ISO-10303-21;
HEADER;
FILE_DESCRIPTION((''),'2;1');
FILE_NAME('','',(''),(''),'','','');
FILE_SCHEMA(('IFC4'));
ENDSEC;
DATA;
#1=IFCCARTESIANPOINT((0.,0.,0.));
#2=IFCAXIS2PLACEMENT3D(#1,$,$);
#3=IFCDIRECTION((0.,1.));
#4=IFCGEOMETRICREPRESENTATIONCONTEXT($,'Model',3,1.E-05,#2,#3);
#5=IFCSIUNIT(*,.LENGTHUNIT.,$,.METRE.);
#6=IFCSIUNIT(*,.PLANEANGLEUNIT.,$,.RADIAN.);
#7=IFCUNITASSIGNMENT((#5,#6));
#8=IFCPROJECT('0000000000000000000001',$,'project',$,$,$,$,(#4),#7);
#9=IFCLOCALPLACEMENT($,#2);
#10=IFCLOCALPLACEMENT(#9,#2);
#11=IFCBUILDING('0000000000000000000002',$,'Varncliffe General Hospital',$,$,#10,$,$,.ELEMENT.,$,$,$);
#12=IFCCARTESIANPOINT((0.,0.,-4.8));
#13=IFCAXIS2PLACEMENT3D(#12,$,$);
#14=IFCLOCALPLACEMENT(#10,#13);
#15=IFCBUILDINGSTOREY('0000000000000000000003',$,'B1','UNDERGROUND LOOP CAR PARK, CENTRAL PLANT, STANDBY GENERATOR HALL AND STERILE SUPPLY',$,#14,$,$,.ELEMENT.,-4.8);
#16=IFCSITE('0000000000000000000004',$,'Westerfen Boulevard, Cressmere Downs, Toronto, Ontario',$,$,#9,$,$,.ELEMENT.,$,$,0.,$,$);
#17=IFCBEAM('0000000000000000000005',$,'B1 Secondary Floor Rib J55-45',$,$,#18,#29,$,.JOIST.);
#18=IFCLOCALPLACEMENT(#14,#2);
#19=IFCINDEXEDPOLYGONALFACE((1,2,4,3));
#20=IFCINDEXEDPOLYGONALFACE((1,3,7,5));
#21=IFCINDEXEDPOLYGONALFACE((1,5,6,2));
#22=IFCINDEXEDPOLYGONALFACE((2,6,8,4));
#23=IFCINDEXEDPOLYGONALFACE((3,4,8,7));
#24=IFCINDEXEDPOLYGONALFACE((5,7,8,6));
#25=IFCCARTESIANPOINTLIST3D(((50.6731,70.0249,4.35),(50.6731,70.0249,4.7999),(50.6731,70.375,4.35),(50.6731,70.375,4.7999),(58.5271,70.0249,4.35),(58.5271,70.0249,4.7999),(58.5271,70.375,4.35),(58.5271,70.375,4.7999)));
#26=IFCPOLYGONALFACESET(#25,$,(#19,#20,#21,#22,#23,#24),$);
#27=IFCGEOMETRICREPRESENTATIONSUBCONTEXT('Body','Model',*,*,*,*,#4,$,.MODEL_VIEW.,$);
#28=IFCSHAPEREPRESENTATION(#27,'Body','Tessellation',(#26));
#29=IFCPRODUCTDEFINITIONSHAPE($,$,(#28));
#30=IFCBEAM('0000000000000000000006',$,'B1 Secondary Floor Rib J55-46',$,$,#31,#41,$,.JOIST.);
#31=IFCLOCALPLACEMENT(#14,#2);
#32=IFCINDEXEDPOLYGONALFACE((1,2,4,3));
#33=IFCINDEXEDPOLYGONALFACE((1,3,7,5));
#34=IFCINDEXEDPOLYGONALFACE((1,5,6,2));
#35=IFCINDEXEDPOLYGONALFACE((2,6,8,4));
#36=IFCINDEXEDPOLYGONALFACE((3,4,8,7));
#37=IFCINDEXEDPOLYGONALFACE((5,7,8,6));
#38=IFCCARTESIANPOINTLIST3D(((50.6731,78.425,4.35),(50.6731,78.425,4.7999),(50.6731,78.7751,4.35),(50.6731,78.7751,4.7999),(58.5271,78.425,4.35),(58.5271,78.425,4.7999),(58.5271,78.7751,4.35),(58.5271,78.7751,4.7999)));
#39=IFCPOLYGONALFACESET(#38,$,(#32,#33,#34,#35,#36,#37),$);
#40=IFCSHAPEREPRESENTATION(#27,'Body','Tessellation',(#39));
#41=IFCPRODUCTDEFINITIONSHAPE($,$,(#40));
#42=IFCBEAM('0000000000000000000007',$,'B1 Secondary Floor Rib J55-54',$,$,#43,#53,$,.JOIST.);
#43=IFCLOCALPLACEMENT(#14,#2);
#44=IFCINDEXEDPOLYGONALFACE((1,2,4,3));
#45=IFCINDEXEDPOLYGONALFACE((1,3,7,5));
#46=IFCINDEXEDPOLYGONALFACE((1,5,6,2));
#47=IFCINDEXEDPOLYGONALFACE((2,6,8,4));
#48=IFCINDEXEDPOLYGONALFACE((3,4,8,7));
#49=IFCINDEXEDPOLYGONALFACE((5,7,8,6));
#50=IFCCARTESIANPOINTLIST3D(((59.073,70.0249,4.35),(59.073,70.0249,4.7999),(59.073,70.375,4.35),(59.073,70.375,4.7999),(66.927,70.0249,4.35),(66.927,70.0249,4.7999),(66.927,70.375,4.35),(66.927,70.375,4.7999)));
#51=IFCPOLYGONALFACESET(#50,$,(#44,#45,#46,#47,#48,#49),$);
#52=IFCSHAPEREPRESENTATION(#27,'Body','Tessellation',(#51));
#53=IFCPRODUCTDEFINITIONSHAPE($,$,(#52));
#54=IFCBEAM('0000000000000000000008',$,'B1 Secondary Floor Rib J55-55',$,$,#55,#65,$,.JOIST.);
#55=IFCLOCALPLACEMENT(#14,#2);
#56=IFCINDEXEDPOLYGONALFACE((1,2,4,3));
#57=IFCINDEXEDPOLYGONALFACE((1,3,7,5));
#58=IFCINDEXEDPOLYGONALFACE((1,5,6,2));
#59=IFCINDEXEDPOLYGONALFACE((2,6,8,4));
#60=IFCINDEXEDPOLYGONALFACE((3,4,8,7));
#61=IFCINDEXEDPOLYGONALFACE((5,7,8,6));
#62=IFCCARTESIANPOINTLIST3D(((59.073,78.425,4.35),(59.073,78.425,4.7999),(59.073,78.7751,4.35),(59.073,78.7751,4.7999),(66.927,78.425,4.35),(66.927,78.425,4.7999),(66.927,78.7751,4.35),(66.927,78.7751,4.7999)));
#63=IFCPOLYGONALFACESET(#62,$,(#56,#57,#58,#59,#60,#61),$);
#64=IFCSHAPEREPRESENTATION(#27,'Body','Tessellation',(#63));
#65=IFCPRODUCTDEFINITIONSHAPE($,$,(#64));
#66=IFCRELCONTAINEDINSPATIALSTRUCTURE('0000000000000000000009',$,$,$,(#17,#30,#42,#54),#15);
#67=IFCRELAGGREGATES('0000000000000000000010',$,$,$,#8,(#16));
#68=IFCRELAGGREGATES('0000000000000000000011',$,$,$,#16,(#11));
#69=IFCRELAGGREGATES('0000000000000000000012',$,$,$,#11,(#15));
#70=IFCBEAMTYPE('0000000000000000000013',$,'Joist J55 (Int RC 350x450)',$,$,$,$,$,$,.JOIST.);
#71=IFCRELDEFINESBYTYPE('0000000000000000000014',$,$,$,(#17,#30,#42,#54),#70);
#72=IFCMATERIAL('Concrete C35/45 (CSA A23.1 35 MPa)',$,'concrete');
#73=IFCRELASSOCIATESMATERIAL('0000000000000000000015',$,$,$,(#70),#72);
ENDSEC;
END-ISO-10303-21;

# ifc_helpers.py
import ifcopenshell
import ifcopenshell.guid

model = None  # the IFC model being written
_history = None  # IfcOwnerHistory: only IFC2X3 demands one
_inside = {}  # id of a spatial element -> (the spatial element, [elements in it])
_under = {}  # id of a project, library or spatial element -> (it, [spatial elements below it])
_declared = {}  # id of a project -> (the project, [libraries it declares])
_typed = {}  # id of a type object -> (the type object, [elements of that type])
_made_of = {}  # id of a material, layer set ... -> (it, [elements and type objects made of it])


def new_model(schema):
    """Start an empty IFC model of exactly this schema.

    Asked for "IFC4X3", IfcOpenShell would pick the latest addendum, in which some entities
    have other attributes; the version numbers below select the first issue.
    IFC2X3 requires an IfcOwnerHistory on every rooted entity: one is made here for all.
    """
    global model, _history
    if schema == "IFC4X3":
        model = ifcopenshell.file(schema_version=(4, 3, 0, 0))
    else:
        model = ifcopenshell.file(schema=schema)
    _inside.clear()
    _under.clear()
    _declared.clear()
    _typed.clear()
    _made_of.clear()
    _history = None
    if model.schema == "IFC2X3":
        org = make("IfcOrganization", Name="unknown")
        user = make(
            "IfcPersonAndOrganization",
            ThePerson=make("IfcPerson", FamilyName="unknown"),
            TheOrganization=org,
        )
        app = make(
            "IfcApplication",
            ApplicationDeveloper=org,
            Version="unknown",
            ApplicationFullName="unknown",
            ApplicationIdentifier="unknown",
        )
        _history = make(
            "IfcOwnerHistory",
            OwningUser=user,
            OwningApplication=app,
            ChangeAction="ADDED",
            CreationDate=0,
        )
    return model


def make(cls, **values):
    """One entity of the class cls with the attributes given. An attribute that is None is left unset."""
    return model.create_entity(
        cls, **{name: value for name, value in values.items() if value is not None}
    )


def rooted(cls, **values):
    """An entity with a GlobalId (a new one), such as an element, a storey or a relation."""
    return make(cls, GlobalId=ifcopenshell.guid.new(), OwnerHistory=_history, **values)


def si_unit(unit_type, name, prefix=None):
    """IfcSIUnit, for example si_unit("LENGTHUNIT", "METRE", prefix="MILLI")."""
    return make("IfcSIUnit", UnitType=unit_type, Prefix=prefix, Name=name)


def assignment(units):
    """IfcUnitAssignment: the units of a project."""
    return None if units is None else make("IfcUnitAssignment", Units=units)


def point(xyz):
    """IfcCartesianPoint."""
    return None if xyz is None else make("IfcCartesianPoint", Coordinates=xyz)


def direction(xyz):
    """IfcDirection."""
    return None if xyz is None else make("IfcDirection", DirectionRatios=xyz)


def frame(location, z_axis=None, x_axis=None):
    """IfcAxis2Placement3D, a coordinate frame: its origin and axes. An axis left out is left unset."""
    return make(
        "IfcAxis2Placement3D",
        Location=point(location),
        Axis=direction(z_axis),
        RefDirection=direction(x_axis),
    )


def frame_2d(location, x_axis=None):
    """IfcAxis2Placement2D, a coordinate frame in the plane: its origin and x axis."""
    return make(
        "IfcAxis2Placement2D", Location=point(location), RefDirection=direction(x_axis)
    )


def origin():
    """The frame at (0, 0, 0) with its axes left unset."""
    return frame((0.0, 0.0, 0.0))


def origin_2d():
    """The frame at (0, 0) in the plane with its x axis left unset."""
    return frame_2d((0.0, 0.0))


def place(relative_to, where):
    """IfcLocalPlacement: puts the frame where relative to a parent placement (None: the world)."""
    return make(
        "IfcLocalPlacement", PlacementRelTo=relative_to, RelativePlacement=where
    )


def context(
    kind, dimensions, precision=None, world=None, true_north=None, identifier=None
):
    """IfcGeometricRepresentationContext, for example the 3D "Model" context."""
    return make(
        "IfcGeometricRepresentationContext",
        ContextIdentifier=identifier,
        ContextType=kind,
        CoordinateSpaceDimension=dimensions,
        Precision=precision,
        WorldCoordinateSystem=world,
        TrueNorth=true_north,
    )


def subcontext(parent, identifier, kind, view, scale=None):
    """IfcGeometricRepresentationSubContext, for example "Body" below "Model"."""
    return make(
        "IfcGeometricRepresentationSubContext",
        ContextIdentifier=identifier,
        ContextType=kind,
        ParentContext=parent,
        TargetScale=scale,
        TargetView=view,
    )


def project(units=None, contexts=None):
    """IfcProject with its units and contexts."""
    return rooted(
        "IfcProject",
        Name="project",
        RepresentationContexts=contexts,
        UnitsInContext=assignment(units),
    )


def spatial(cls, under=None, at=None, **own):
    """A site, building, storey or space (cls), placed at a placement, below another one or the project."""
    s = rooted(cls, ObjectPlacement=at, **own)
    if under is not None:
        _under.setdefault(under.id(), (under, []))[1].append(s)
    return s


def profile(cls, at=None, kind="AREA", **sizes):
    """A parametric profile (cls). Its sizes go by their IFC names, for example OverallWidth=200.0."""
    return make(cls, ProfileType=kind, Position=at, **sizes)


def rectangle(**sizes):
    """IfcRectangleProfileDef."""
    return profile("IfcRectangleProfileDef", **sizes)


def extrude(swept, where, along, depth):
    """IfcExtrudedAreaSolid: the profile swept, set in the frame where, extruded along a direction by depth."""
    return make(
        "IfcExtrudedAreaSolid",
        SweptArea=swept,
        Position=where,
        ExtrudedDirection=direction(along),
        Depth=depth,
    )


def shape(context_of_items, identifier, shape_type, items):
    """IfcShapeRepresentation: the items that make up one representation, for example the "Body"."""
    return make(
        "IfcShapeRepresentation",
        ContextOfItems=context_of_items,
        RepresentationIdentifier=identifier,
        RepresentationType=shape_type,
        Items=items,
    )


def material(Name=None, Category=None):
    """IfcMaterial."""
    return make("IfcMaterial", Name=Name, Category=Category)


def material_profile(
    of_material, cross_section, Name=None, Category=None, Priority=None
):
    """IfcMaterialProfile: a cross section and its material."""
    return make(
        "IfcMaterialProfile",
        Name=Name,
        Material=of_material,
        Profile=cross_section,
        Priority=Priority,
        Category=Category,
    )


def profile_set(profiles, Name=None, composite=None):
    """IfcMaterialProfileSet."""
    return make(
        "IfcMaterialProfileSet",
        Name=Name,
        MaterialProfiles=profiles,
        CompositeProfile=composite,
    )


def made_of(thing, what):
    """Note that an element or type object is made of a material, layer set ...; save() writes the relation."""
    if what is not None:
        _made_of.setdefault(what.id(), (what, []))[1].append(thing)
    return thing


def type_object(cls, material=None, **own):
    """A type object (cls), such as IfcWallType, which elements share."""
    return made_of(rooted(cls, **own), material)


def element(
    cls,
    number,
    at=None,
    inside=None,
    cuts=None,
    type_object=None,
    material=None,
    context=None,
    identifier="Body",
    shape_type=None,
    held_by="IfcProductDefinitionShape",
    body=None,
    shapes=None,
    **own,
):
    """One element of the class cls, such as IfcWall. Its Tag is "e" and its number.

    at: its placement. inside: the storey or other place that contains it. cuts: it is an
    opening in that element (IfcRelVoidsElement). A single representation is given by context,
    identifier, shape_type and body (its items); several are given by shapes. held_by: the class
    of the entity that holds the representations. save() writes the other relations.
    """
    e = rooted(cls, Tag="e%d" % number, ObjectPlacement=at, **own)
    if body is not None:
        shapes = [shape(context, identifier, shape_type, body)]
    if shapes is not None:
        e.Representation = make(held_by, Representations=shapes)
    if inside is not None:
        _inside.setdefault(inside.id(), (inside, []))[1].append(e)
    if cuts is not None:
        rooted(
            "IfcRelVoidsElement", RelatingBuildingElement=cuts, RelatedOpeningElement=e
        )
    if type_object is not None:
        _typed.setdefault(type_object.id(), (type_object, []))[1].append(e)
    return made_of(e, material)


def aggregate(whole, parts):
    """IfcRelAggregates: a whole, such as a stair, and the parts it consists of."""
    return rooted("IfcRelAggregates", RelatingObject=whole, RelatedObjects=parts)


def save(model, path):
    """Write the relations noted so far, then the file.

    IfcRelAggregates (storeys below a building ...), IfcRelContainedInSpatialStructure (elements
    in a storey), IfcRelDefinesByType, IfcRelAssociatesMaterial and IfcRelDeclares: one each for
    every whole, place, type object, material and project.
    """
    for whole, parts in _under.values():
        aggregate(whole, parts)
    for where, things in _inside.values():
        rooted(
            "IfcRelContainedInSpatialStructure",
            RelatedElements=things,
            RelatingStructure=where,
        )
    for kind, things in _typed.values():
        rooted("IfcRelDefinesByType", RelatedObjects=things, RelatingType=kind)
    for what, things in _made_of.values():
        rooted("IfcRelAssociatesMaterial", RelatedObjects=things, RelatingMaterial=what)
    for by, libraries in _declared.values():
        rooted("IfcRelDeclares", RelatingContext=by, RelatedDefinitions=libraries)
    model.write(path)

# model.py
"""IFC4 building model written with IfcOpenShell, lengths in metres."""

from ifc_helpers import new_model, si_unit, direction, frame, origin, origin_2d, place, context, subcontext, project, spatial, rectangle, extrude, material, material_profile, profile_set, type_object, element, save


model = new_model("IFC4")

# Units and contexts
model_context = context("Model", 3, precision=1e-05, world=origin(), true_north=direction((0.0, 1.0)))
body_context = subcontext(model_context, "Body", "Model", "MODEL_VIEW")
ifc_project = project(units=[si_unit("LENGTHUNIT", "METRE"), si_unit("PLANEANGLEUNIT", "RADIAN")], contexts=[model_context])

# Site, building, storey
site_placement = place(None, origin())
site = spatial("IfcSite", under=ifc_project, at=site_placement, Name="Westerfen Boulevard, Cressmere Downs, Toronto, Ontario", CompositionType="ELEMENT", RefElevation=0.0)
building_placement = place(site_placement, origin())
building = spatial("IfcBuilding", under=site, at=building_placement, Name="Varncliffe General Hospital", CompositionType="ELEMENT")
storey_placement = place(building_placement, frame((0.0, 0.0, -4.8)))
storey = spatial("IfcBuildingStorey", under=building, at=storey_placement, Name="B1", Description="UNDERGROUND LOOP CAR PARK, CENTRAL PLANT, STANDBY GENERATOR HALL AND STERILE SUPPLY", CompositionType="ELEMENT", Elevation=-4.8)

# Beams
ifc_material_1 = material(Name="Concrete C35/45 (CSA A23.1 35 MPa)", Category="concrete")
ifc_material_profile_1 = material_profile(ifc_material_1, rectangle(XDim=0.3501, YDim=0.45, at=origin_2d()), Name="RC 350x450")
ifc_profile_set_1 = profile_set([ifc_material_profile_1], Name="Concrete C35/45 (CSA A23.1 35 MPa)")
beam_type_1 = type_object("IfcBeamType", Name="Joist J55 (Int RC 350x450)", PredefinedType="JOIST", material=ifc_profile_set_1)
for number, where, z_axis, x_axis, name in (
    (1, (50.6731, 70.2, 4.575), (1.0, 0.0, 0.0), (0.0, 1.0, 0.0), "B1 Secondary Floor Rib J55-45"),
    (2, (50.6731, 78.6001, 4.575), (1.0, 0.0, 0.0), (0.0, 1.0, 0.0), "B1 Secondary Floor Rib J55-46"),
    (3, (59.073, 70.2, 4.575), (1.0, 0.0, 0.0), (0.0, 1.0, 0.0), "B1 Secondary Floor Rib J55-54"),
    (4, (59.073, 78.6001, 4.575), (1.0, 0.0, 0.0), (0.0, 1.0, 0.0), "B1 Secondary Floor Rib J55-55"),
):
    element("IfcBeam", number, at=place(storey_placement, frame(where, z_axis=z_axis, x_axis=x_axis)), inside=storey, type_object=beam_type_1, Name=name, PredefinedType="JOIST", context=body_context, shape_type="SweptSolid", body=[
        extrude(rectangle(XDim=0.3501, YDim=0.45, at=origin_2d()), origin(), (0.0, 0.0, 1.0), 7.854),
    ])

save(model, "model.ifc")
